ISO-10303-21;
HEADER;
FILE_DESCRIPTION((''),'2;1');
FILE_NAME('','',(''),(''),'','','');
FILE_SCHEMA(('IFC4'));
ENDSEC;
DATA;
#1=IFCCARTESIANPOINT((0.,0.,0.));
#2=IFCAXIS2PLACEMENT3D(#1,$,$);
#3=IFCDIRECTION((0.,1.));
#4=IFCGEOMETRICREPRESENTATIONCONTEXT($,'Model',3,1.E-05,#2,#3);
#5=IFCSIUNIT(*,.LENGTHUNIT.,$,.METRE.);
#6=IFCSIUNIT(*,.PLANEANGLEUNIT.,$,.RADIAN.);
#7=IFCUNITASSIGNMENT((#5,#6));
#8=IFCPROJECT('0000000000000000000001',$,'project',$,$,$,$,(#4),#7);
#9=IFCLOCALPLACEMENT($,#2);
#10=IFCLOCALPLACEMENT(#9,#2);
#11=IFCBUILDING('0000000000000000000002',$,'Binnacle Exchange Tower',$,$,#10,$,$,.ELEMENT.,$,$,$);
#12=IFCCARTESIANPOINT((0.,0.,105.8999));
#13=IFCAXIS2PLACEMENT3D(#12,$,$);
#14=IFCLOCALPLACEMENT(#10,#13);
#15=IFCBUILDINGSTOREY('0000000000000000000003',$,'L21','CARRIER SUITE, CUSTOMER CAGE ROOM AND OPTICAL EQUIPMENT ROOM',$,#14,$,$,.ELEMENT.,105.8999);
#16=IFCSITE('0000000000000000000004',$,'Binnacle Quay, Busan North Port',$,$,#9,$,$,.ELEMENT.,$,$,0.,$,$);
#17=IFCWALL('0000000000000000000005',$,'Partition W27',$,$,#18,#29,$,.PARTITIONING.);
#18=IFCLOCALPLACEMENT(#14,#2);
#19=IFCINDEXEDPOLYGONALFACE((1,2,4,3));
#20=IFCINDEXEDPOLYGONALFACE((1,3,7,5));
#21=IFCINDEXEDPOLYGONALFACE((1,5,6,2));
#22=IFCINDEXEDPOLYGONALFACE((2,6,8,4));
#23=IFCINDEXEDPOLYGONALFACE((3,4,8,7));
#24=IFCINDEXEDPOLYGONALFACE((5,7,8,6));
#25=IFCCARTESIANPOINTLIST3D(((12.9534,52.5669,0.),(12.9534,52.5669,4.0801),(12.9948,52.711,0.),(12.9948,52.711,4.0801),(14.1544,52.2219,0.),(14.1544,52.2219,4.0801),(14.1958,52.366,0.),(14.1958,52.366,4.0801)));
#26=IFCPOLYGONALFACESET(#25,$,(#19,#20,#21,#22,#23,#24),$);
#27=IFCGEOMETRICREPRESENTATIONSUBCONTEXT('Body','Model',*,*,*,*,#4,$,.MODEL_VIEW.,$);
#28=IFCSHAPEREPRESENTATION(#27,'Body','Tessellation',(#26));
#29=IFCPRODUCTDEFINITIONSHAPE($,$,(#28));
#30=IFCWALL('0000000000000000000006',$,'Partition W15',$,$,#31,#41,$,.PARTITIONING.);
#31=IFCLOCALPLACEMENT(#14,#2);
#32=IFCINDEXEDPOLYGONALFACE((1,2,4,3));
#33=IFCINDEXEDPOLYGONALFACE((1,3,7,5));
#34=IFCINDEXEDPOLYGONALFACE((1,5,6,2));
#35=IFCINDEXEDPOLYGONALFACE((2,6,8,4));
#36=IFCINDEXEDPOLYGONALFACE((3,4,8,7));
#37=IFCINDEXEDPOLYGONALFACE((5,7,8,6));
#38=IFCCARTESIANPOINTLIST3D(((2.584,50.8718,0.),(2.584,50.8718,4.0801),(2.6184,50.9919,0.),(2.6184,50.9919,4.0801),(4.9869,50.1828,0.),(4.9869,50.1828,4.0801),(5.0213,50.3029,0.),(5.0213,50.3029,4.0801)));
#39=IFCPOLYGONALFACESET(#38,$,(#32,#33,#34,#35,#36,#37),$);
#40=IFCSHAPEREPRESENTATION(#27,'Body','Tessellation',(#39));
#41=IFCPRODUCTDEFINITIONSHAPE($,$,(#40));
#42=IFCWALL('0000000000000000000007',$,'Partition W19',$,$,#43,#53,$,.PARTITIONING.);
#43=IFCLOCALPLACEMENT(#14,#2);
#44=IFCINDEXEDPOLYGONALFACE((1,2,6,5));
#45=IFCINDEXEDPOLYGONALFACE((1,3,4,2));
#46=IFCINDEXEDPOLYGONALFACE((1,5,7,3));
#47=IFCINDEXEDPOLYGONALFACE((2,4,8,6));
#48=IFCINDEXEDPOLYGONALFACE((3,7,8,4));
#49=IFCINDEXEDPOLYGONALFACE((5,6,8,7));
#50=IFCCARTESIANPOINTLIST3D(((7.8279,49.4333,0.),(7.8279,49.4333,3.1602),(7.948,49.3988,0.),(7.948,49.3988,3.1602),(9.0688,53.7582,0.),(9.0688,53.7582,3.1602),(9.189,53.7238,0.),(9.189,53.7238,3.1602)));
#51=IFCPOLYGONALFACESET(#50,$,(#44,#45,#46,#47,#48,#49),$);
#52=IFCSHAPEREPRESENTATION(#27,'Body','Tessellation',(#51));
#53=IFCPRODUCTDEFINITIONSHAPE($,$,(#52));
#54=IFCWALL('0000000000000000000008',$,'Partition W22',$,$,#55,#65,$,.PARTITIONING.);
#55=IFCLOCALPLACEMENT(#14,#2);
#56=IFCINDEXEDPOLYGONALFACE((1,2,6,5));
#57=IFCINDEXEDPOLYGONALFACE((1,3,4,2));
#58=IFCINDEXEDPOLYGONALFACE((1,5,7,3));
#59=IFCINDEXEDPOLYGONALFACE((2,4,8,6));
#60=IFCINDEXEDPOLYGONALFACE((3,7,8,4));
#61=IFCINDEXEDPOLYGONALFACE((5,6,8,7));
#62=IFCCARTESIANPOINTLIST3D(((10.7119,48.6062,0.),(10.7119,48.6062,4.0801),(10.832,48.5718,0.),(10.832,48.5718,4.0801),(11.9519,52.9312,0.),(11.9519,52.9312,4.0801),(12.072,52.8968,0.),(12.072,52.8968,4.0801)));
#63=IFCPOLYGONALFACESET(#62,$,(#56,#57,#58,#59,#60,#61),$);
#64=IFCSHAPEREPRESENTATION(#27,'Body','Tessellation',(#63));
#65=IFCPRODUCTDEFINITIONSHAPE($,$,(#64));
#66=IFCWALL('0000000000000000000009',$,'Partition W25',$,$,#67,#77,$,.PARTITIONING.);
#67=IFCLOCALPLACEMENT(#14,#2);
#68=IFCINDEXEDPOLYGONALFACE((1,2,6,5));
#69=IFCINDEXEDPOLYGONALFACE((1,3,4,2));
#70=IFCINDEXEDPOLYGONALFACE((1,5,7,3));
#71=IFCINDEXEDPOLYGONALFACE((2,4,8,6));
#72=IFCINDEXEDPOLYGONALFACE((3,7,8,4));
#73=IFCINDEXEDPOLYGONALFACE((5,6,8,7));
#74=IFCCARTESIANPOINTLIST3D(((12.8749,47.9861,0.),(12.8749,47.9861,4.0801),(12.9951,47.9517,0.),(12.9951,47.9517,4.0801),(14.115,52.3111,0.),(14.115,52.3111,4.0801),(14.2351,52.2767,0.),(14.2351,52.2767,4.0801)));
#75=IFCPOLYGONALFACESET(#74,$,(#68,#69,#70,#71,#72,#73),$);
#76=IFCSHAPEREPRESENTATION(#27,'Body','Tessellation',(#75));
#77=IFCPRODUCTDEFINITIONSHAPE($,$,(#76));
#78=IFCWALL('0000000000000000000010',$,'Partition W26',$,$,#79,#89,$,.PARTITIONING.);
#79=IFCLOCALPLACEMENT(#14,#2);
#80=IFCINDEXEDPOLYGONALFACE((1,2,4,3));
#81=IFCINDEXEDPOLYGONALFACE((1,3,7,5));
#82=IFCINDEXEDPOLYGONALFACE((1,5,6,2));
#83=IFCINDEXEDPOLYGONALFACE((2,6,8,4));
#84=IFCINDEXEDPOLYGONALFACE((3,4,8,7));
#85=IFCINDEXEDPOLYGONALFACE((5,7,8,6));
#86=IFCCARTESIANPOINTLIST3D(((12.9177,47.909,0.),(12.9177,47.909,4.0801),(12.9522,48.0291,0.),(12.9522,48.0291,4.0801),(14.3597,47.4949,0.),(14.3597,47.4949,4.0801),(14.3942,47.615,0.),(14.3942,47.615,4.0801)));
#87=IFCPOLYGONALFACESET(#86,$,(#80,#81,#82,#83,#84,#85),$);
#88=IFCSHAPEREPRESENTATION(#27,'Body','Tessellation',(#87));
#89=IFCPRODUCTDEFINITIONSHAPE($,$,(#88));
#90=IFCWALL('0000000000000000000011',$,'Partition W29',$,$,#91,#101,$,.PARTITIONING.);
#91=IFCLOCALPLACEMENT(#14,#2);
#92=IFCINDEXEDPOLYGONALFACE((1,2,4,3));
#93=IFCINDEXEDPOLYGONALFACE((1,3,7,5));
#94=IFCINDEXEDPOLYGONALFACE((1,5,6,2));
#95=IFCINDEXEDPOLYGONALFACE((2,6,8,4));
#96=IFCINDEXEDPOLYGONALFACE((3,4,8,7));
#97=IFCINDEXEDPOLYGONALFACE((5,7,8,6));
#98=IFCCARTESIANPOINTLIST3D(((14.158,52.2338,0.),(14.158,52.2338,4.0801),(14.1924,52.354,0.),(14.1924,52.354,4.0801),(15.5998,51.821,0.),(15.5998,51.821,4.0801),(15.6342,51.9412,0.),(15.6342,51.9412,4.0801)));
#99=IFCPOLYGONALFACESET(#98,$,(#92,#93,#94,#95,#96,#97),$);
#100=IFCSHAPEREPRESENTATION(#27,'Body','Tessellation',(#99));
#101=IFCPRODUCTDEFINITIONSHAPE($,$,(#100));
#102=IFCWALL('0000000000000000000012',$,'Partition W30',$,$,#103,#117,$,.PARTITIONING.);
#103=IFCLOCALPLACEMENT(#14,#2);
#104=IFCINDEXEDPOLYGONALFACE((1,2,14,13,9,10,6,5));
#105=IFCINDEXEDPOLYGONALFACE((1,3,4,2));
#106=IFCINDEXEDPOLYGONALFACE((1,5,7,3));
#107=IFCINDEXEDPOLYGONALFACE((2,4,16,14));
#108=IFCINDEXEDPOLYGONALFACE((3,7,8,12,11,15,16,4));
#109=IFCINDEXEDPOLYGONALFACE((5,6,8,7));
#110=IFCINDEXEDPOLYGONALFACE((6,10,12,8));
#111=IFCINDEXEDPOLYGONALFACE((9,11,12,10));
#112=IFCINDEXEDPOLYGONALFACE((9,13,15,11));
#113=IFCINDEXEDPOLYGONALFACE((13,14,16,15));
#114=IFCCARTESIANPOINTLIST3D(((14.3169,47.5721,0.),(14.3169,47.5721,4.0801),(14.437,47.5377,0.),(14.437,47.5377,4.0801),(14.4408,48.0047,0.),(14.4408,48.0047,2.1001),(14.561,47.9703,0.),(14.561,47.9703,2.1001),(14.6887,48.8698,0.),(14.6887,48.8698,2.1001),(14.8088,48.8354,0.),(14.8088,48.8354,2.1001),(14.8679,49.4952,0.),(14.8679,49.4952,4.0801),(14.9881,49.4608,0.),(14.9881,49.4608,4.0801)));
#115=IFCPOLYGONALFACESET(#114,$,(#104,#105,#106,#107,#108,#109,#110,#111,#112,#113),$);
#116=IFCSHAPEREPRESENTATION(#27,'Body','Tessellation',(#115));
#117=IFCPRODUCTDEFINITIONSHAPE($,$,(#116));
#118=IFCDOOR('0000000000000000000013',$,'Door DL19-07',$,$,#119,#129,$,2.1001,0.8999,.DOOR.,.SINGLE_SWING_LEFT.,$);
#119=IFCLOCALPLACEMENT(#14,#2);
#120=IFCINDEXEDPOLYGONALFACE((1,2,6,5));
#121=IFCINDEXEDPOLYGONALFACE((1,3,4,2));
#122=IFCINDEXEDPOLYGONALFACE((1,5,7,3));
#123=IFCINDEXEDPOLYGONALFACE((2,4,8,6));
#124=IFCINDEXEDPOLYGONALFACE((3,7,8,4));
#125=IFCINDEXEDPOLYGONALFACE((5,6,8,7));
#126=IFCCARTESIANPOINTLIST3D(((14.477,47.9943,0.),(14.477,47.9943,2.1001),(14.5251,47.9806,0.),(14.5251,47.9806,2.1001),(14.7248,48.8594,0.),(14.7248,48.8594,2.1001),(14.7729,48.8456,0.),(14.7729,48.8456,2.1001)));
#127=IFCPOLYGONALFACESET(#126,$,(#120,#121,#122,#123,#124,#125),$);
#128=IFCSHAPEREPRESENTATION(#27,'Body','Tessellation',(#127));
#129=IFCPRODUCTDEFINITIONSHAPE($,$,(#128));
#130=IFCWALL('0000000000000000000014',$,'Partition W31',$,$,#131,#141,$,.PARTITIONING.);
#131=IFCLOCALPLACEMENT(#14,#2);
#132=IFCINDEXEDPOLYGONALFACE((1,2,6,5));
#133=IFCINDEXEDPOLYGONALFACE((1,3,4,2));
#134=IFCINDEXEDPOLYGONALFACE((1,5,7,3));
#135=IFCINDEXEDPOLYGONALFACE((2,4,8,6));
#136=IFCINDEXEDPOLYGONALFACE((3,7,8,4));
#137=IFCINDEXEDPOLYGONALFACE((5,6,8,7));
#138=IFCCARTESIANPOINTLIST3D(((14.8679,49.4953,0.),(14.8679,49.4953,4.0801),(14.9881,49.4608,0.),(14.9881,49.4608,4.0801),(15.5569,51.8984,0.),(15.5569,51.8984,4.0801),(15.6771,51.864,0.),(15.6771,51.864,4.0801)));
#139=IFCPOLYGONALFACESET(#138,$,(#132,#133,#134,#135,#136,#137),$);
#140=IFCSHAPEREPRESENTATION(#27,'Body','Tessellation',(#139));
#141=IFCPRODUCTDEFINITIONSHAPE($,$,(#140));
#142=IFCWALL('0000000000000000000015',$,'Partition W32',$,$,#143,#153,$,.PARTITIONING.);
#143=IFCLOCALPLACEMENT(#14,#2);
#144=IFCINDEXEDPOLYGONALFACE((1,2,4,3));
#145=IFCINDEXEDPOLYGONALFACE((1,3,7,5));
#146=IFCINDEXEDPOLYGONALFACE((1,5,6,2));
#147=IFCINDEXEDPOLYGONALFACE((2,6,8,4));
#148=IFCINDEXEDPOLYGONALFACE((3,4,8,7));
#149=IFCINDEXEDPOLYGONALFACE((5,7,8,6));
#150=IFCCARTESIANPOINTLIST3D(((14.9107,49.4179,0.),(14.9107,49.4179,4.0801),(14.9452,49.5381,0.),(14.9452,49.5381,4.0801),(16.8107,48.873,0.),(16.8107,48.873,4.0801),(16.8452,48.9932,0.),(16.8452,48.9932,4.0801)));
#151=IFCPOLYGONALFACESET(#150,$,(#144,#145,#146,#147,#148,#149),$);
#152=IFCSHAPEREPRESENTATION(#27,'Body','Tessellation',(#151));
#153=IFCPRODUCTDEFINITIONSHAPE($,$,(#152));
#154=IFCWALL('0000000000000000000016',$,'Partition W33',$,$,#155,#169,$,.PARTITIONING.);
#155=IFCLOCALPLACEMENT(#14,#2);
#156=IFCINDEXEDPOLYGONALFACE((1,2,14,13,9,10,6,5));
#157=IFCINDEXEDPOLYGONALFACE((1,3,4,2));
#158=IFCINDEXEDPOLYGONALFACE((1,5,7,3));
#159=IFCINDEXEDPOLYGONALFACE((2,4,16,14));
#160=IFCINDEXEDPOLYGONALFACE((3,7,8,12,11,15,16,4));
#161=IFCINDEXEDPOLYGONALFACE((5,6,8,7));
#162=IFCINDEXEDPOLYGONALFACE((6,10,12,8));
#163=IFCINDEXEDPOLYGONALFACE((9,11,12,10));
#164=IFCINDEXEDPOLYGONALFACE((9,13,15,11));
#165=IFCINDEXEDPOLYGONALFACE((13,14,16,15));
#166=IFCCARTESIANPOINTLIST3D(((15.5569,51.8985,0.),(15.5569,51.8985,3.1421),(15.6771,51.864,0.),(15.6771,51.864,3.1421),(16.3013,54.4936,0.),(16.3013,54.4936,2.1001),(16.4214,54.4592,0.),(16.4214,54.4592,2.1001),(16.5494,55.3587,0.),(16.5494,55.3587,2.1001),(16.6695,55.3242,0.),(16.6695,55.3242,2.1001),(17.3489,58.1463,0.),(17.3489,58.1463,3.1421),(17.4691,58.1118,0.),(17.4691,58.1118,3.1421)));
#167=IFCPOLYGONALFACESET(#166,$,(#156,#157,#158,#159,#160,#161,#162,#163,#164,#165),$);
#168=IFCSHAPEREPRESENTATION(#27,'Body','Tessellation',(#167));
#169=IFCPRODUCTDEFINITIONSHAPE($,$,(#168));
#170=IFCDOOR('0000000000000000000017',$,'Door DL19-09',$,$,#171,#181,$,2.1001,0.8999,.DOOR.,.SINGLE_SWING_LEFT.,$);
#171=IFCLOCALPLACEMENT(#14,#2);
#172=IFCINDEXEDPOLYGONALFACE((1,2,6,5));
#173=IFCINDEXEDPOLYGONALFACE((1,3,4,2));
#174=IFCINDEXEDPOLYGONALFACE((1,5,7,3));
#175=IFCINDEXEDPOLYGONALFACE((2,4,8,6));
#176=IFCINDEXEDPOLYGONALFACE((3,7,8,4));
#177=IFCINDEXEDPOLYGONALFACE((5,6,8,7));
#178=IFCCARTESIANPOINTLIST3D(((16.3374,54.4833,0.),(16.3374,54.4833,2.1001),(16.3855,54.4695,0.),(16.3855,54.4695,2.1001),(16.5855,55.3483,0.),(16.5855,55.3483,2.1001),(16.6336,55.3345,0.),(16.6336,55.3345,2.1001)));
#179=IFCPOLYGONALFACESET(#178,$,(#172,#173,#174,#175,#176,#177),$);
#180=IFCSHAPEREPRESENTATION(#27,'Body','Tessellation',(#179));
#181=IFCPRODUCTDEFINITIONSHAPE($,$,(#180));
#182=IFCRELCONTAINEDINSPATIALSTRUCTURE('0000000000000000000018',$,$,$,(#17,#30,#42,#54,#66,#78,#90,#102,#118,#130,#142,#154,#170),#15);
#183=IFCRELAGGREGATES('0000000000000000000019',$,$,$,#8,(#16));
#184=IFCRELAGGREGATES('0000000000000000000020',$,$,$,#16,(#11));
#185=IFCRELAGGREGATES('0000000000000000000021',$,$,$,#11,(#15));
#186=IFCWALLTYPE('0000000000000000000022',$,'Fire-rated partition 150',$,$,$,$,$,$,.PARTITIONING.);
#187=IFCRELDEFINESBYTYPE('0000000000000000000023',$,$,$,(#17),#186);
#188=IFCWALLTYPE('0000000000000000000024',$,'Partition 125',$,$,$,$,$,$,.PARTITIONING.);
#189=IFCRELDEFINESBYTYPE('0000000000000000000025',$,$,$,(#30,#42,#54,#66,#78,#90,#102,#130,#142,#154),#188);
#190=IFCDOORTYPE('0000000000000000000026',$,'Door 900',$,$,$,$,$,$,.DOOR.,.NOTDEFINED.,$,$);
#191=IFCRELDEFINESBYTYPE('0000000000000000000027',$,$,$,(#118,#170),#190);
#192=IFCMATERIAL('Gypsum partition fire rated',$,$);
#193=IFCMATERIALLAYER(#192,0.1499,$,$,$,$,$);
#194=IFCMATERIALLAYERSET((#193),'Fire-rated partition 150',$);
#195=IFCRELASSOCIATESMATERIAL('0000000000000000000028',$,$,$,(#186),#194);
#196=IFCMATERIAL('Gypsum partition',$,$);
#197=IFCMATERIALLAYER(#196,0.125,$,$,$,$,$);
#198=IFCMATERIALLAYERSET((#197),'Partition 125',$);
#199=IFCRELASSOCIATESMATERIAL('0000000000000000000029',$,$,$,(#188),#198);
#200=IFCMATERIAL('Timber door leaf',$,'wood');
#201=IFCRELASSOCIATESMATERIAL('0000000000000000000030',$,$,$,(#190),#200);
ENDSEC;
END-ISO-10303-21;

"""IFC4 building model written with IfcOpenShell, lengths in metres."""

from ifc_helpers import new_model, si_unit, direction, frame, frame_2d, origin, place, context, subcontext, project, spatial, rectangle, extrude, material, layer, layer_set, type_object, element, fill, save


model = new_model("IFC4")

# Units and contexts
model_context = context("Model", 3, precision=1e-05, world=origin(), true_north=direction((0.0, 1.0)))
body_context = subcontext(model_context, "Body", "Model", "MODEL_VIEW")
ifc_project = project(units=[si_unit("LENGTHUNIT", "METRE"), si_unit("PLANEANGLEUNIT", "RADIAN")], contexts=[model_context])

# Site, building, storey
site_placement = place(None, origin())
site = spatial("IfcSite", under=ifc_project, at=site_placement, Name="Binnacle Quay, Busan North Port", CompositionType="ELEMENT", RefElevation=0.0)
building_placement = place(site_placement, origin())
building = spatial("IfcBuilding", under=site, at=building_placement, Name="Binnacle Exchange Tower", CompositionType="ELEMENT")
storey_placement = place(building_placement, frame((0.0, 0.0, 105.8999)))
storey = spatial("IfcBuildingStorey", under=building, at=storey_placement, Name="L21", Description="CARRIER SUITE, CUSTOMER CAGE ROOM AND OPTICAL EQUIPMENT ROOM", CompositionType="ELEMENT", Elevation=105.8999)

# Shared definitions
ifc_material_1 = material(Name="Gypsum partition fire rated")
ifc_layer_1 = layer(ifc_material_1, 0.1499)
ifc_layer_set_1 = layer_set([ifc_layer_1], Name="Fire-rated partition 150")
wall_type_1 = type_object("IfcWallType", Name="Fire-rated partition 150", PredefinedType="PARTITIONING", material=ifc_layer_set_1)

# Walls
wall_1_placement = place(storey_placement, frame((12.9741, 52.6389, 0.0), z_axis=(0.0, 0.0, 1.0), x_axis=(0.961132, -0.276089, 0.0)))
element("IfcWall", 1, at=wall_1_placement, inside=storey, type_object=wall_type_1, Name="Partition W27", PredefinedType="PARTITIONING", context=body_context, shape_type="SweptSolid", body=[
    extrude(rectangle(XDim=1.2495, YDim=0.1499, at=frame_2d((0.6248, 0.0))), origin(), (0.0, 0.0, 1.0), 4.0801),
])
ifc_material_2 = material(Name="Gypsum partition")
ifc_layer_2 = layer(ifc_material_2, 0.125)
ifc_layer_set_2 = layer_set([ifc_layer_2], Name="Partition 125")
wall_type_2 = type_object("IfcWallType", Name="Partition 125", PredefinedType="PARTITIONING", material=ifc_layer_set_2)
wall_2_placement = place(storey_placement, frame((2.6011, 50.9319, 0.0), z_axis=(0.0, 0.0, 1.0), x_axis=(0.961266, -0.275624, 0.0)))
element("IfcWall", 2, at=wall_2_placement, inside=storey, type_object=wall_type_2, Name="Partition W15", PredefinedType="PARTITIONING", context=body_context, shape_type="SweptSolid", body=[
    extrude(rectangle(XDim=2.4998, YDim=0.125, at=frame_2d((1.25, 0.0))), origin(), (0.0, 0.0, 1.0), 4.0801),
])
wall_3_placement = place(storey_placement, frame((7.8879, 49.416, 0.0), z_axis=(0.0, 0.0, 1.0), x_axis=(0.275803, 0.961214, 0.0)))
element("IfcWall", 3, at=wall_3_placement, inside=storey, type_object=wall_type_2, Name="Partition W19", PredefinedType="PARTITIONING", context=body_context, shape_type="SweptSolid", body=[
    extrude(rectangle(XDim=4.4995, YDim=0.125, at=frame_2d((2.2498, 0.0))), origin(), (0.0, 0.0, 1.0), 3.1602),
])
for number, where, z_axis, x_axis, name in (
    (4, (10.772, 48.5891, 0.0), (0.0, 0.0, 1.0), (0.275603, 0.961272, 0.0), "Partition W22"),
    (5, (12.9351, 47.969, 0.0), (0.0, 0.0, 1.0), (0.275603, 0.961272, 0.0), "Partition W25"),
):
    element("IfcWall", number, at=place(storey_placement, frame(where, z_axis=z_axis, x_axis=x_axis)), inside=storey, type_object=wall_type_2, Name=name, PredefinedType="PARTITIONING", context=body_context, shape_type="SweptSolid", body=[
        extrude(rectangle(XDim=4.4993, YDim=0.125, at=frame_2d((2.2495, 0.0))), origin(), (0.0, 0.0, 1.0), 4.0801),
    ])
wall_4_placement = place(storey_placement, frame((12.9351, 47.969, 0.0), z_axis=(0.0, 0.0, 1.0), x_axis=(0.961155, -0.276011, 0.0)))
element("IfcWall", 6, at=wall_4_placement, inside=storey, type_object=wall_type_2, Name="Partition W26", PredefinedType="PARTITIONING", context=body_context, shape_type="SweptSolid", body=[
    extrude(rectangle(XDim=1.5002, YDim=0.125, at=frame_2d((0.75, 0.0))), origin(), (0.0, 0.0, 1.0), 4.0801),
])
wall_5_placement = place(storey_placement, frame((14.175, 52.2939, 0.0), z_axis=(0.0, 0.0, 1.0), x_axis=(0.96137, -0.275259, 0.0)))
element("IfcWall", 7, at=wall_5_placement, inside=storey, type_object=wall_type_2, Name="Partition W29", PredefinedType="PARTITIONING", context=body_context, shape_type="SweptSolid", body=[
    extrude(rectangle(XDim=1.4998, YDim=0.125, at=frame_2d((0.75, 0.0))), origin(), (0.0, 0.0, 1.0), 4.0801),
])

# Wall, opening, door
wall_6_placement = place(storey_placement, frame((14.377, 47.5549, 0.0), z_axis=(0.0, 0.0, 1.0), x_axis=(0.275446, 0.961316, 0.0)))
wall_6 = element("IfcWall", 8, at=wall_6_placement, inside=storey, type_object=wall_type_2, Name="Partition W30", PredefinedType="PARTITIONING", context=body_context, shape_type="SweptSolid", body=[
    extrude(rectangle(XDim=2.0005, YDim=0.125, at=frame_2d((1.0002, 0.0))), origin(), (0.0, 0.0, 1.0), 4.0801),
])
opening_1_placement = place(wall_6_placement, frame((0.45, 0.0, 0.0)))
opening_1 = element("IfcOpeningElement", 9, at=opening_1_placement, cuts=wall_6, PredefinedType="OPENING", context=body_context, shape_type="SweptSolid", body=[
    extrude(rectangle(XDim=0.8999, YDim=2.1001, at=frame_2d((0.45, 1.05))), frame((0.0, 0.0725, 0.0), z_axis=(0.0, -1.0, 0.0), x_axis=(1.0, 0.0, 0.0)), (0.0, 0.0, 1.0), 0.145),
])
ifc_material_3 = material(Name="Timber door leaf", Category="wood")
door_type_1 = type_object("IfcDoorType", Name="Door 900", OperationType="NOTDEFINED", PredefinedType="DOOR", material=ifc_material_3)
door_1_placement = place(opening_1_placement, origin())
door_1 = element("IfcDoor", 10, at=door_1_placement, inside=storey, type_object=door_type_1, Name="Door DL19-07", OperationType="SINGLE_SWING_LEFT", OverallHeight=2.1001, OverallWidth=0.8999, PredefinedType="DOOR", context=body_context, shape_type="SweptSolid", body=[
    extrude(rectangle(XDim=0.8999, YDim=2.1001, at=frame_2d((0.45, 1.05))), frame((0.0, 0.0249, 0.0), z_axis=(0.0, -1.0, 0.0), x_axis=(1.0, 0.0, 0.0)), (0.0, 0.0, 1.0), 0.05),
])
fill(opening_1, door_1)

# Walls
wall_7_placement = place(storey_placement, frame((14.928, 49.478, 0.0), z_axis=(0.0, 0.0, 1.0), x_axis=(0.275598, 0.961273, 0.0)))
element("IfcWall", 11, at=wall_7_placement, inside=storey, type_object=wall_type_2, Name="Partition W31", PredefinedType="PARTITIONING", context=body_context, shape_type="SweptSolid", body=[
    extrude(rectangle(XDim=2.5, YDim=0.125, at=frame_2d((1.25, 0.0))), origin(), (0.0, 0.0, 1.0), 4.0801),
])
wall_8_placement = place(storey_placement, frame((14.928, 49.478, 0.0), z_axis=(0.0, 0.0, 1.0), x_axis=(0.961244, -0.2757, 0.0)))
element("IfcWall", 12, at=wall_8_placement, inside=storey, type_object=wall_type_2, Name="Partition W32", PredefinedType="PARTITIONING", context=body_context, shape_type="SweptSolid", body=[
    extrude(rectangle(XDim=1.9766, YDim=0.125, at=frame_2d((0.9883, 0.0))), origin(), (0.0, 0.0, 1.0), 4.0801),
])

# Wall, opening, door
wall_9_placement = place(storey_placement, frame((15.6169, 51.8811, 0.0), z_axis=(0.0, 0.0, 1.0), x_axis=(0.275703, 0.961243, 0.0)))
wall_9 = element("IfcWall", 13, at=wall_9_placement, inside=storey, type_object=wall_type_2, Name="Partition W33", PredefinedType="PARTITIONING", context=body_context, shape_type="SweptSolid", body=[
    extrude(rectangle(XDim=6.4998, YDim=0.125, at=frame_2d((3.25, 0.0))), origin(), (0.0, 0.0, 1.0), 3.1421),
])
opening_2_placement = place(wall_9_placement, frame((2.7, 0.0, 0.0)))
opening_2 = element("IfcOpeningElement", 14, at=opening_2_placement, cuts=wall_9, PredefinedType="OPENING", context=body_context, shape_type="SweptSolid", body=[
    extrude(rectangle(XDim=0.8999, YDim=2.1001, at=frame_2d((0.45, 1.05))), frame((0.0, 0.0725, 0.0), z_axis=(0.0, -1.0, 0.0), x_axis=(1.0, 0.0, 0.0)), (0.0, 0.0, 1.0), 0.145),
])
door_2_placement = place(opening_2_placement, origin())
door_2 = element("IfcDoor", 15, at=door_2_placement, inside=storey, type_object=door_type_1, Name="Door DL19-09", OperationType="SINGLE_SWING_LEFT", OverallHeight=2.1001, OverallWidth=0.8999, PredefinedType="DOOR", context=body_context, shape_type="SweptSolid", body=[
    extrude(rectangle(XDim=0.8999, YDim=2.1001, at=frame_2d((0.45, 1.05))), frame((0.0, 0.0249, 0.0), z_axis=(0.0, -1.0, 0.0), x_axis=(1.0, 0.0, 0.0)), (0.0, 0.0, 1.0), 0.05),
])
fill(opening_2, door_2)

save(model, "model.ifc")
